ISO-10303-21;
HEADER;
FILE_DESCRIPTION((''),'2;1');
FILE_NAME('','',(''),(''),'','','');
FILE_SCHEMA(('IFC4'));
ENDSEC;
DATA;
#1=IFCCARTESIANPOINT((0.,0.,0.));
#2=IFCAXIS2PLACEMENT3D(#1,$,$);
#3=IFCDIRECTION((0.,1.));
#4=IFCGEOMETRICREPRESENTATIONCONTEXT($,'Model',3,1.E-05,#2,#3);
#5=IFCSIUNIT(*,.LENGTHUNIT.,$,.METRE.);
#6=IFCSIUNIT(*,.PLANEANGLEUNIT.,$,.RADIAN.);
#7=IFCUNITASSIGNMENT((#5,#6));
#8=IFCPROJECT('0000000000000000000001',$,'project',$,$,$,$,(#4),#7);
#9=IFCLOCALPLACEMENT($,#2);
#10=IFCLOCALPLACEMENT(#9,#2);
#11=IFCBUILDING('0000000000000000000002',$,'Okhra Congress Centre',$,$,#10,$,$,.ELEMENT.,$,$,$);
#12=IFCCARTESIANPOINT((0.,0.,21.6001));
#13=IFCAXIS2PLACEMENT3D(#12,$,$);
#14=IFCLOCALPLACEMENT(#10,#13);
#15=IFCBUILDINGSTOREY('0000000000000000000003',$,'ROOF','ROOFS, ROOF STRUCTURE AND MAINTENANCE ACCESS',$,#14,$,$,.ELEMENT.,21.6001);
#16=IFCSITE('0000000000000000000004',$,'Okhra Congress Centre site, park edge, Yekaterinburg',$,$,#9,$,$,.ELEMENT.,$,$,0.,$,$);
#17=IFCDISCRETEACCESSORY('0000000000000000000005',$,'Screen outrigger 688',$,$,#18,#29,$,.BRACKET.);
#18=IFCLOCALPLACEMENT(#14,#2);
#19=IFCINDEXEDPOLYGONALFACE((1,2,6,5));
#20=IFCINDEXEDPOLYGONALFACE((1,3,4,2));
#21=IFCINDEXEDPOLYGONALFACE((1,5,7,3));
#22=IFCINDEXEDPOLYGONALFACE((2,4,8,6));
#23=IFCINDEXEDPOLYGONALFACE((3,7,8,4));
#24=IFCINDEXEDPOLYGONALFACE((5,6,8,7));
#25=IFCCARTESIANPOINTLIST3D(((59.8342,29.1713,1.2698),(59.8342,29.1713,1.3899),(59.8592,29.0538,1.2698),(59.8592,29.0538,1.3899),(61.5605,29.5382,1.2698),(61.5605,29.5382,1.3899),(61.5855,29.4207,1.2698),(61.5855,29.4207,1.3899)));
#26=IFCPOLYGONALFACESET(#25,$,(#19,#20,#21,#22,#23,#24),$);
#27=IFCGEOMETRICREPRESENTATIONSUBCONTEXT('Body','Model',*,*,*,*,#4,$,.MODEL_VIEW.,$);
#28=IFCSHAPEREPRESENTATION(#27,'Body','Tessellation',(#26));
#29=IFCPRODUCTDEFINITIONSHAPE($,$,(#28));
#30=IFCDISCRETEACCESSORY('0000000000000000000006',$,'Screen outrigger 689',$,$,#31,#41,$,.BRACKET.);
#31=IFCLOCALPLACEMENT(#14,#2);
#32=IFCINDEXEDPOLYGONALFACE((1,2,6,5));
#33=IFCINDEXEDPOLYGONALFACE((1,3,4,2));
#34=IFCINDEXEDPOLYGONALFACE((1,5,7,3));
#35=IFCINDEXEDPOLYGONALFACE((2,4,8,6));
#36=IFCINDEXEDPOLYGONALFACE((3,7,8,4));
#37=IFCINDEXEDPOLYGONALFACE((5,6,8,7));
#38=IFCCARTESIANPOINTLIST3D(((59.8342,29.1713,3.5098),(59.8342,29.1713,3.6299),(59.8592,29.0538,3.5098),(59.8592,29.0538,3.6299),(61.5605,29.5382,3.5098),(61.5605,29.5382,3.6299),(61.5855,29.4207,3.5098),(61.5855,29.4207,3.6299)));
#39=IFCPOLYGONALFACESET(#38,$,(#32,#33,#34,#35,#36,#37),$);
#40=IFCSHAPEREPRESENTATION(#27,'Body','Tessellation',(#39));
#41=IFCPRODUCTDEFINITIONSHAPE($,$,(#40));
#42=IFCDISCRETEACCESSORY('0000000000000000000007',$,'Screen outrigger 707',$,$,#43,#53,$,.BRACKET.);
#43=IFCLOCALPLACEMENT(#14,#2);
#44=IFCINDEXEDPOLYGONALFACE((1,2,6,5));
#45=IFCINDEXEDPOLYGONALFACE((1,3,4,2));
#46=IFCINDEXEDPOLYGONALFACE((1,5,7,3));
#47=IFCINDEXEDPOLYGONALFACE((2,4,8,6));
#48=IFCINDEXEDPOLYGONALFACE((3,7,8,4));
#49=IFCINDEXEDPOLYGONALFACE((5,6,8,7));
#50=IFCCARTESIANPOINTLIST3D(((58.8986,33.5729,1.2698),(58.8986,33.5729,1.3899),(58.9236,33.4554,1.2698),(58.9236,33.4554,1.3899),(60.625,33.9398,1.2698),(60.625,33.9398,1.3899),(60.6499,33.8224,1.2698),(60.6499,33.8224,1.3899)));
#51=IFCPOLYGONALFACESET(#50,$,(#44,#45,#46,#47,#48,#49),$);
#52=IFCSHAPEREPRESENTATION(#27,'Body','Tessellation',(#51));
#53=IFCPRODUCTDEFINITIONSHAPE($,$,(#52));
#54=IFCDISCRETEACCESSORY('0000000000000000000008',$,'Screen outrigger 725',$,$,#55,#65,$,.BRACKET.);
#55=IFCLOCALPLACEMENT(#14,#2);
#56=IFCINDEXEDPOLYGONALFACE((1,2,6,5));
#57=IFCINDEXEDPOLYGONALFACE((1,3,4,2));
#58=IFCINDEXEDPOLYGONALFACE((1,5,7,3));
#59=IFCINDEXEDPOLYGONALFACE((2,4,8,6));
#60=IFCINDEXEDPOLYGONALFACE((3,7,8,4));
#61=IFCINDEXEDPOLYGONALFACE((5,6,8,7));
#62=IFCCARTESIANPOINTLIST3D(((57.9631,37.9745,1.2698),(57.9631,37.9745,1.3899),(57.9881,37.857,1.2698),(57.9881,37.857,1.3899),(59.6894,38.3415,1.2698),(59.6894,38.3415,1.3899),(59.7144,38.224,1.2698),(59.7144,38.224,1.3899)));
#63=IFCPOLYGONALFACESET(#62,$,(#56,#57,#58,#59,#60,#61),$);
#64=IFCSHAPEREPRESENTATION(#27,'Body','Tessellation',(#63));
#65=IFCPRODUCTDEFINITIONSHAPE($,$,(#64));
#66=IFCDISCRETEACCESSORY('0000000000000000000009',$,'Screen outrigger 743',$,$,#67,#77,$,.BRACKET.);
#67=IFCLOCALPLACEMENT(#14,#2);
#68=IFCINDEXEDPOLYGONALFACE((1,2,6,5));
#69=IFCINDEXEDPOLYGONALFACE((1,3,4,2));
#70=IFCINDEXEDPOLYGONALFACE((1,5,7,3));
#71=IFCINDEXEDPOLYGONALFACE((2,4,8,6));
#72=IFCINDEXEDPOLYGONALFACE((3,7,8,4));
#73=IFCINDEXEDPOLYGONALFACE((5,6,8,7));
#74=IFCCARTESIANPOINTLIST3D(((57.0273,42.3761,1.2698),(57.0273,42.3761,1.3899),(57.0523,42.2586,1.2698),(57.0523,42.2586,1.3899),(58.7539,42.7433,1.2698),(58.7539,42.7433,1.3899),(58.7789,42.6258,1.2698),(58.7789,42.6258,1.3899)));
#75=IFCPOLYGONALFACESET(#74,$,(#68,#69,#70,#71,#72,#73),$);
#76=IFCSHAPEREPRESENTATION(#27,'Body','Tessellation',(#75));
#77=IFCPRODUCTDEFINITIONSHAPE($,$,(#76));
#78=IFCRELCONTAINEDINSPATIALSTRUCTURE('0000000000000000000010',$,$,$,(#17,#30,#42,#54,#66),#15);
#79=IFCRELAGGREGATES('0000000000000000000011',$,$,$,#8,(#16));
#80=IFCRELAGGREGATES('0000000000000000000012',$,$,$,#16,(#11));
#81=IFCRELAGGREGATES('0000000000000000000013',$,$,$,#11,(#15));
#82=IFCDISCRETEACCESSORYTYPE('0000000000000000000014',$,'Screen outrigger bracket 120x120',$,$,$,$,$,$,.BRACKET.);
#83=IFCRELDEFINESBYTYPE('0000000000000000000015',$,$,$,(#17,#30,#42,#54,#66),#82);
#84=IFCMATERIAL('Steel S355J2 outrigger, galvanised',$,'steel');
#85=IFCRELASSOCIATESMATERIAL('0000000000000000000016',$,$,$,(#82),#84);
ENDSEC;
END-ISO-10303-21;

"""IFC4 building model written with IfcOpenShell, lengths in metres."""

from ifc_helpers import new_model, si_unit, direction, frame, origin, origin_2d, place, context, subcontext, project, spatial, rectangle, extrude, material, material_profile, profile_set, type_object, element, save


model = new_model("IFC4")

# Units and contexts
model_context = context("Model", 3, precision=1e-05, world=origin(), true_north=direction((0.0, 1.0)))
body_context = subcontext(model_context, "Body", "Model", "MODEL_VIEW")
ifc_project = project(units=[si_unit("LENGTHUNIT", "METRE"), si_unit("PLANEANGLEUNIT", "RADIAN")], contexts=[model_context])

# Site, building, storey
site_placement = place(None, origin())
site = spatial("IfcSite", under=ifc_project, at=site_placement, Name="Okhra Congress Centre site, park edge, Yekaterinburg", CompositionType="ELEMENT", RefElevation=0.0)
building_placement = place(site_placement, origin())
building = spatial("IfcBuilding", under=site, at=building_placement, Name="Okhra Congress Centre", CompositionType="ELEMENT")
storey_placement = place(building_placement, frame((0.0, 0.0, 21.6001)))
storey = spatial("IfcBuildingStorey", under=building, at=storey_placement, Name="ROOF", Description="ROOFS, ROOF STRUCTURE AND MAINTENANCE ACCESS", CompositionType="ELEMENT", Elevation=21.6001)

# Discrete accessories
ifc_material_1 = material(Name="Steel S355J2 outrigger, galvanised", Category="steel")
ifc_material_profile_1 = material_profile(ifc_material_1, rectangle(XDim=0.1201, YDim=0.1201, at=origin_2d()), Name="Screen outrigger bracket 120x120")
ifc_profile_set_1 = profile_set([ifc_material_profile_1], Name="Steel S355J2 outrigger, galvanised")
discrete_accessory_type = type_object("IfcDiscreteAccessoryType", Name="Screen outrigger bracket 120x120", PredefinedType="BRACKET", material=ifc_profile_set_1)
for number, where, z_axis, x_axis, name in (
    (1, (61.573, 29.4795, 1.3298), (-0.978147, -0.207913, 0.0), (0.207913, -0.978147, 0.0), "Screen outrigger 688"),
    (2, (61.573, 29.4795, 3.5698), (-0.978147, -0.207913, 0.0), (0.207913, -0.978147, 0.0), "Screen outrigger 689"),
    (3, (60.6375, 33.8811, 1.3298), (-0.978147, -0.207913, 0.0), (0.207913, -0.978147, 0.0), "Screen outrigger 707"),
    (4, (59.7019, 38.2827, 1.3298), (-0.978147, -0.207913, 0.0), (0.207913, -0.978147, 0.0), "Screen outrigger 725"),
):
    element("IfcDiscreteAccessory", number, at=place(storey_placement, frame(where, z_axis=z_axis, x_axis=x_axis)), inside=storey, type_object=discrete_accessory_type, Name=name, PredefinedType="BRACKET", context=body_context, shape_type="SweptSolid", body=[
        extrude(rectangle(XDim=0.1201, YDim=0.1201, at=origin_2d()), origin(), (0.0, 0.0, 1.0), 1.7649),
    ])
discrete_accessory_1_placement = place(storey_placement, frame((58.7664, 42.6846, 1.3298), z_axis=(-0.978125, -0.208018, 0.0), x_axis=(0.208018, -0.978125, 0.0)))
element("IfcDiscreteAccessory", 5, at=discrete_accessory_1_placement, inside=storey, type_object=discrete_accessory_type, Name="Screen outrigger 743", PredefinedType="BRACKET", context=body_context, shape_type="SweptSolid", body=[
    extrude(rectangle(XDim=0.1201, YDim=0.1201, at=origin_2d()), origin(), (0.0, 0.0, 1.0), 1.7651),
])

save(model, "model.ifc")
